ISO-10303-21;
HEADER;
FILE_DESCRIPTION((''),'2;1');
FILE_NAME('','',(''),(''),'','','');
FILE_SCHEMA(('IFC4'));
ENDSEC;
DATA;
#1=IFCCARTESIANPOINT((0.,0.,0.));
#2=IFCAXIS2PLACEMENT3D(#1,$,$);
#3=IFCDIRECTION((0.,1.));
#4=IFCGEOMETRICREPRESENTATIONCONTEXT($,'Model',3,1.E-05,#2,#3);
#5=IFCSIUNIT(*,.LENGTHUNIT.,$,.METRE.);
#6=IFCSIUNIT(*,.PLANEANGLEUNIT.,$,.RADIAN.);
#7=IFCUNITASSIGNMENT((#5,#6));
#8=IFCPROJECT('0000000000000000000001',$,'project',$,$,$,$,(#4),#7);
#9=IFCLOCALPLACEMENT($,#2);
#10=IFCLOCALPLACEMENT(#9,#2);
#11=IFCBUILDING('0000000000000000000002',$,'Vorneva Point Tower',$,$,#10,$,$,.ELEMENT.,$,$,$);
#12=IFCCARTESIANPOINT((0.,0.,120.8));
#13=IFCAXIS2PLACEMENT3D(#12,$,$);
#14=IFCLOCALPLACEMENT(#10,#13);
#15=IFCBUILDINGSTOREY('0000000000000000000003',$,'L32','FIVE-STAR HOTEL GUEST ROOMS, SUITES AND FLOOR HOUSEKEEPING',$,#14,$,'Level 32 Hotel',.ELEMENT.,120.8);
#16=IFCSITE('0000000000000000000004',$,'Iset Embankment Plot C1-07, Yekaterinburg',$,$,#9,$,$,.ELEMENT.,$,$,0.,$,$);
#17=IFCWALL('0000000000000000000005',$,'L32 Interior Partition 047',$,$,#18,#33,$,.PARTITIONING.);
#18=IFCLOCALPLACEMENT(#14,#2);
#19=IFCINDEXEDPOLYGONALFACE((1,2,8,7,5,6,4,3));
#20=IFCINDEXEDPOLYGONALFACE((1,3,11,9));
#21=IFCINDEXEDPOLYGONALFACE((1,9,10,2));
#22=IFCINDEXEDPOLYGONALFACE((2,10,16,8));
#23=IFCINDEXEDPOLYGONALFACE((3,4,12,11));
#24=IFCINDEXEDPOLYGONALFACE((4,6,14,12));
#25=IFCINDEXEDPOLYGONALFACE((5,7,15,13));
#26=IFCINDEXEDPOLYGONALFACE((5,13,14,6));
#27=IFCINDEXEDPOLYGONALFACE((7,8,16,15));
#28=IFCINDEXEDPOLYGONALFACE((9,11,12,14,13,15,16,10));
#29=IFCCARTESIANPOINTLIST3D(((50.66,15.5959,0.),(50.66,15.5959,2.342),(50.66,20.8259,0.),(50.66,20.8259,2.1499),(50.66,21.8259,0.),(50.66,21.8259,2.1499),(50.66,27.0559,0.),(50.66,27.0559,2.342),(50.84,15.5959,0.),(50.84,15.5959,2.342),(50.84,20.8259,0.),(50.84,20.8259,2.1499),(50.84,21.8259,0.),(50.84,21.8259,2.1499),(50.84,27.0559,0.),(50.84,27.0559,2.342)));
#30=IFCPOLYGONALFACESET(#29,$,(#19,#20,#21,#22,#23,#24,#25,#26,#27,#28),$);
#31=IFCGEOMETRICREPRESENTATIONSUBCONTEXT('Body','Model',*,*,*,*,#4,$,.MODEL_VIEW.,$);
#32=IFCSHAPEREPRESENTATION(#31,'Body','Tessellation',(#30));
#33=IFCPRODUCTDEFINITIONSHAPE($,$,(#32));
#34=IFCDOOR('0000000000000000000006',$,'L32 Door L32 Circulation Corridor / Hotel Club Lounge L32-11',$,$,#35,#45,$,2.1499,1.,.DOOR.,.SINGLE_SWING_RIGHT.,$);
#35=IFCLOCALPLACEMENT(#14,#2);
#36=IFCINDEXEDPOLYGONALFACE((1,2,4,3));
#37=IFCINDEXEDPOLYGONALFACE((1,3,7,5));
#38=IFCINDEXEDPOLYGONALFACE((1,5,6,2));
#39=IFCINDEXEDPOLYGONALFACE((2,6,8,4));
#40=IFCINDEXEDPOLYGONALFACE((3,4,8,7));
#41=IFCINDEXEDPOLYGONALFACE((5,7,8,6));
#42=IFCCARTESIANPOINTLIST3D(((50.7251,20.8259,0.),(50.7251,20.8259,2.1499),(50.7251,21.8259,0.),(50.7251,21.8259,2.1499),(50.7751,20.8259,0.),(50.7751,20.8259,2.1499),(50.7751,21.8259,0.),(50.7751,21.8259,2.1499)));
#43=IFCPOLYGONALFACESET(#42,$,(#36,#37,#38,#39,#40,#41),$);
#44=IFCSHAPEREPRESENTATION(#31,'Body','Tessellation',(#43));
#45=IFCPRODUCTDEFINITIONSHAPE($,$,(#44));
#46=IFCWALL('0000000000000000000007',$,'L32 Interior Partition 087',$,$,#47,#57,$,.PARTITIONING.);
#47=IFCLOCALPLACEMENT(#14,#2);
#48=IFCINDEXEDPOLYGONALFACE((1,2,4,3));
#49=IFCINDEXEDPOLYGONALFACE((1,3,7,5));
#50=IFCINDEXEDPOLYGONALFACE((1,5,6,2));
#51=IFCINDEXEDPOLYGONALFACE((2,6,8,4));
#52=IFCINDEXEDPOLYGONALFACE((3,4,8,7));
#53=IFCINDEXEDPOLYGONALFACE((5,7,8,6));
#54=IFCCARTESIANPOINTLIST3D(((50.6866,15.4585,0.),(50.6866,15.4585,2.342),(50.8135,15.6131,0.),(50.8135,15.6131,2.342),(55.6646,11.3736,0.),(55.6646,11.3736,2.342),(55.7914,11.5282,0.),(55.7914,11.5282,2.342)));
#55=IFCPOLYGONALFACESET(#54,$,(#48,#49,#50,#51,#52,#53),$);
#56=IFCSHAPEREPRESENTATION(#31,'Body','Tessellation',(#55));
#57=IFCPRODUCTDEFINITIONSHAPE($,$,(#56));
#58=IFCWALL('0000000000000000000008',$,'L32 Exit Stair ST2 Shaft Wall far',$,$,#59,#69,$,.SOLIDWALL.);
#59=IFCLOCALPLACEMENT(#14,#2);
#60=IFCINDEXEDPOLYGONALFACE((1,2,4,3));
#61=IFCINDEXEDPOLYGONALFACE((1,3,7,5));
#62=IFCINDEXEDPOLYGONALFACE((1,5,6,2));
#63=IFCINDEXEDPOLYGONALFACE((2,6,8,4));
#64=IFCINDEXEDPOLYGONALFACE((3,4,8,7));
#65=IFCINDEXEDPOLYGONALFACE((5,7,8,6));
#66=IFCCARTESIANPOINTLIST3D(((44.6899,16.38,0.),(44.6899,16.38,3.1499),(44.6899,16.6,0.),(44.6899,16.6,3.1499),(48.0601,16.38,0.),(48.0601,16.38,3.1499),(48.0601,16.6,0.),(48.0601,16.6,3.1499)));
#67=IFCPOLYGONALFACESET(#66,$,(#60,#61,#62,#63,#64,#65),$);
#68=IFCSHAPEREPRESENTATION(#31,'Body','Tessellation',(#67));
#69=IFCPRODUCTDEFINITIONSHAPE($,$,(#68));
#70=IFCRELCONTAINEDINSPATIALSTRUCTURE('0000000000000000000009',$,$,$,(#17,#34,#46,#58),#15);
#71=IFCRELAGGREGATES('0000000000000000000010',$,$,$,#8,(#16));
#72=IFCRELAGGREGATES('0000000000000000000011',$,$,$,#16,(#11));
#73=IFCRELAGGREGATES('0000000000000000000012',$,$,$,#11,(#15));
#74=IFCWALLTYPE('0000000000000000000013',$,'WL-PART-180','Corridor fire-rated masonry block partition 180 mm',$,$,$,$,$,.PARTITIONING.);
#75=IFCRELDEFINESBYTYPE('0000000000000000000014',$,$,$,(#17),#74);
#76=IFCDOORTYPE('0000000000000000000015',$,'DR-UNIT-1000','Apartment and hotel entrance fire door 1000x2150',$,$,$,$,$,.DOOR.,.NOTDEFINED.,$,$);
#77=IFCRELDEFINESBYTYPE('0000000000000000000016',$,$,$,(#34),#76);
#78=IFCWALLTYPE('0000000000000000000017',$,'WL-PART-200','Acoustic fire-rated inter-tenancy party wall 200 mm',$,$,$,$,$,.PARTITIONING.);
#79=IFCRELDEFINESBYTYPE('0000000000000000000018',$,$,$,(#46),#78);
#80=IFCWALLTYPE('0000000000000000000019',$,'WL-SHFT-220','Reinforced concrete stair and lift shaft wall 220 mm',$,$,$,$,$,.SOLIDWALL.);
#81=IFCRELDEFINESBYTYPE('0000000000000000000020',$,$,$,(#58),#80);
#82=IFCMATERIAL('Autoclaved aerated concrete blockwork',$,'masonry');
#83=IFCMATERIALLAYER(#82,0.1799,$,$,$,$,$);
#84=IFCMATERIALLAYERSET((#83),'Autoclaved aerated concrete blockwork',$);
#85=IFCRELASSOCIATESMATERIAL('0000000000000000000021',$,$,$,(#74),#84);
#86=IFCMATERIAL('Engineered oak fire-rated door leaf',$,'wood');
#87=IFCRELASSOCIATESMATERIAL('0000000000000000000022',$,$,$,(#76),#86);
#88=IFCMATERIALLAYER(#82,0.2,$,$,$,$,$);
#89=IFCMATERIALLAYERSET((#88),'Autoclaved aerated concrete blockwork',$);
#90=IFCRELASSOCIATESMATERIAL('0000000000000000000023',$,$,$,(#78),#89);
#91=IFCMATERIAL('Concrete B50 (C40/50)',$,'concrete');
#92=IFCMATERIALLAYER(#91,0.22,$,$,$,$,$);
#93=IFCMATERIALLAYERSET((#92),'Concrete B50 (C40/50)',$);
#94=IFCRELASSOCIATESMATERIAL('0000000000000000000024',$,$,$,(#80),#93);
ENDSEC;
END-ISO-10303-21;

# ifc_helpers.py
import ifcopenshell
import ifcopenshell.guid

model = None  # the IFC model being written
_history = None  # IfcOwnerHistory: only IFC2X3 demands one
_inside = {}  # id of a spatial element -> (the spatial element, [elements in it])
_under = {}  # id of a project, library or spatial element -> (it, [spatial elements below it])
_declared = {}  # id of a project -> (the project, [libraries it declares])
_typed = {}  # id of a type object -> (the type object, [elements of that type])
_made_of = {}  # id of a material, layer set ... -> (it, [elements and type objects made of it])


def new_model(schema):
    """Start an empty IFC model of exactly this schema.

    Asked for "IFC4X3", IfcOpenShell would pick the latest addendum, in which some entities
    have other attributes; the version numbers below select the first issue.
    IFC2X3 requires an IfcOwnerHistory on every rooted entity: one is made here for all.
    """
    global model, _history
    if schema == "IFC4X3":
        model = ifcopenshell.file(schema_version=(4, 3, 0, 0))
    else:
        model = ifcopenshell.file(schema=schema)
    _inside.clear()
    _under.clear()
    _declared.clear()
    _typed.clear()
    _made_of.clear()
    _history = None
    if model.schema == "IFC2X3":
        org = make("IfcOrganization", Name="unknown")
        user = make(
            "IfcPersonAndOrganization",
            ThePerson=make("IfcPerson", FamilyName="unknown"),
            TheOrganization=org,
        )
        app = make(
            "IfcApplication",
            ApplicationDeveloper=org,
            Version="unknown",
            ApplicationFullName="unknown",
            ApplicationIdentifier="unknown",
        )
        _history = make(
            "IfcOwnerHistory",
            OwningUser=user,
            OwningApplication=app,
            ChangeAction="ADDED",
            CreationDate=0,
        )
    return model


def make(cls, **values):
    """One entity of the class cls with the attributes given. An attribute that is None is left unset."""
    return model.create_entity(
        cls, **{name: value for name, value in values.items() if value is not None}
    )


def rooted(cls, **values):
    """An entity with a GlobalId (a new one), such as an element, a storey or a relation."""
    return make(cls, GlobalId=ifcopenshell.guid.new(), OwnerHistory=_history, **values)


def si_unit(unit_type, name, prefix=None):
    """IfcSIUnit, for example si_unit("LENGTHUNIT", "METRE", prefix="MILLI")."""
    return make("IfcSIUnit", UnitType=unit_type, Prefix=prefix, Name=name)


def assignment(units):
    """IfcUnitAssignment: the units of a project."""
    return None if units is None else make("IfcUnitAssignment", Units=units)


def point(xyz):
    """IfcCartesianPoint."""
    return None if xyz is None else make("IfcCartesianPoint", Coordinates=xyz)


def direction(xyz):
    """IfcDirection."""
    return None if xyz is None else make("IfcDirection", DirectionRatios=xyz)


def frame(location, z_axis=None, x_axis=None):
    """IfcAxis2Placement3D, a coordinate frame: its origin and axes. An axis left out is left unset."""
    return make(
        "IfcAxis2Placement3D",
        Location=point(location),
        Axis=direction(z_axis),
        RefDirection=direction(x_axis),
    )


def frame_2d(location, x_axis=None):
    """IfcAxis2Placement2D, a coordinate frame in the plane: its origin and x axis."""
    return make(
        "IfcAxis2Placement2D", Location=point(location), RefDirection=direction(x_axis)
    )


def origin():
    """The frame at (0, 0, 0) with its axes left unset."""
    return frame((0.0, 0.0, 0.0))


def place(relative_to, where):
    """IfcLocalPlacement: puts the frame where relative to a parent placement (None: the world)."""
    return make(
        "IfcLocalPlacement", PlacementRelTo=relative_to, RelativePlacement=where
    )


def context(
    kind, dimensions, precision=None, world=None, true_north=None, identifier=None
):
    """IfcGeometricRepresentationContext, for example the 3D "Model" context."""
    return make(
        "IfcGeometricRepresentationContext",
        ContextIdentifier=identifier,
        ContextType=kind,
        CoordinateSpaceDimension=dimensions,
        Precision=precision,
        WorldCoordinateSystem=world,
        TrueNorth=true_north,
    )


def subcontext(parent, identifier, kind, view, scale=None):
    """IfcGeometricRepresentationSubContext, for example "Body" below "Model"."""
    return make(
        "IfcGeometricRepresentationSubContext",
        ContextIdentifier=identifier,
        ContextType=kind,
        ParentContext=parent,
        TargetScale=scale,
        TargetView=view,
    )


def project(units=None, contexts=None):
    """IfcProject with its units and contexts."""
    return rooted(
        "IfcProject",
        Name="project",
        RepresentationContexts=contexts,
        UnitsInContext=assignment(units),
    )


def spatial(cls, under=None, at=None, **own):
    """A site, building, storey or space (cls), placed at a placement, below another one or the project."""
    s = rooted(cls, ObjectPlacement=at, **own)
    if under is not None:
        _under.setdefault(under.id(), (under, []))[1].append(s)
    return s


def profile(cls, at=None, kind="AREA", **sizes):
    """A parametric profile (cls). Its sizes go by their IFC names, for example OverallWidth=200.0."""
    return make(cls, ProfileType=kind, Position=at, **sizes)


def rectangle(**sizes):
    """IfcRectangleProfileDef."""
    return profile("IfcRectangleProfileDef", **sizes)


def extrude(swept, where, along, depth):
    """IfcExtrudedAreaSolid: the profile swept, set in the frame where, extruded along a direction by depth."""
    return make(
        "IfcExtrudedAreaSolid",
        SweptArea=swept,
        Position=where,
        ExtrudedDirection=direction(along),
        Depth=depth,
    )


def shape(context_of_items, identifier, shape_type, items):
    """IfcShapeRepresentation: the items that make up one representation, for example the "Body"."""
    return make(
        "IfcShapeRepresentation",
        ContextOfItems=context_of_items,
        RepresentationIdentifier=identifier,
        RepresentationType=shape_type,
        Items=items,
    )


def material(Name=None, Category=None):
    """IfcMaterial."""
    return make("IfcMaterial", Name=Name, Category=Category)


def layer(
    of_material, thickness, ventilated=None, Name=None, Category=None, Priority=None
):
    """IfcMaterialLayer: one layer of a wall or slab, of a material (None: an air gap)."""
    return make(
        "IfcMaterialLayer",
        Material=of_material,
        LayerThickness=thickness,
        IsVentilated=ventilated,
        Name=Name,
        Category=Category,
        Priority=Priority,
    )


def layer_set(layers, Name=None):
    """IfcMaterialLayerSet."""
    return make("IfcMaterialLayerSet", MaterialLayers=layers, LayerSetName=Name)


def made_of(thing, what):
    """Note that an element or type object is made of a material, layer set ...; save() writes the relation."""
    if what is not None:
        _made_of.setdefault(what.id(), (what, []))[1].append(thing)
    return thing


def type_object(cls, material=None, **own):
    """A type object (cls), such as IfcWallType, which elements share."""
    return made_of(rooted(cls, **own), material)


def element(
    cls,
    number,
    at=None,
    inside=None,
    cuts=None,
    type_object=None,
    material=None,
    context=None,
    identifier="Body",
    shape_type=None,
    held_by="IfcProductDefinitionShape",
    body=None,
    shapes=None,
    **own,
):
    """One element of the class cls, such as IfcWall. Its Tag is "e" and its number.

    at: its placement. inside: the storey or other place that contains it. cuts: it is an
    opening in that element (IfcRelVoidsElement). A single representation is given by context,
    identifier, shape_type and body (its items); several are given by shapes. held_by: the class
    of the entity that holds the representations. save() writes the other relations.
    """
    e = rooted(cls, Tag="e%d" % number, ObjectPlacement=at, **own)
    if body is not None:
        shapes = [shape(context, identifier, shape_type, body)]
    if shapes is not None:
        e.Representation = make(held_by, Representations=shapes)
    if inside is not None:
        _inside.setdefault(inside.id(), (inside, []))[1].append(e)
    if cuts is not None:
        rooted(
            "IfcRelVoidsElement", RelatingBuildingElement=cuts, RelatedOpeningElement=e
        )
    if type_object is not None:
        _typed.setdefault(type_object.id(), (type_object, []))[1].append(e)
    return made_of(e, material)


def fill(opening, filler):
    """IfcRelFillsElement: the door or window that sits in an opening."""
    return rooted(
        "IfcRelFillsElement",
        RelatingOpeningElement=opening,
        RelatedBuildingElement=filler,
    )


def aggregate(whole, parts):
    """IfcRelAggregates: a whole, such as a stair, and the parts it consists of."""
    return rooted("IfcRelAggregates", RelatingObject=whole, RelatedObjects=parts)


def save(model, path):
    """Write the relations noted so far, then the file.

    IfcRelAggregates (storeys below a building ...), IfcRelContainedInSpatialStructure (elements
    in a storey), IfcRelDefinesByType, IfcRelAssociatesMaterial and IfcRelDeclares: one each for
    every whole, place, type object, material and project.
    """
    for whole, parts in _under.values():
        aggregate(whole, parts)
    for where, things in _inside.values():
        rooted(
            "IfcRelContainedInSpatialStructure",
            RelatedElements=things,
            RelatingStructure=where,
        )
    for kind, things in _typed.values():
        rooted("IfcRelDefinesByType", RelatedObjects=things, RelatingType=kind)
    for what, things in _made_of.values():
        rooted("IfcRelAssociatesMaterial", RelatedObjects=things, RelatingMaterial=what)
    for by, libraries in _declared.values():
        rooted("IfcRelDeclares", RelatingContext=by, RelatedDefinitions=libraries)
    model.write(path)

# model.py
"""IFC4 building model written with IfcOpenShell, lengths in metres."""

from ifc_helpers import new_model, si_unit, direction, frame, frame_2d, origin, place, context, subcontext, project, spatial, rectangle, extrude, material, layer, layer_set, type_object, element, fill, save


model = new_model("IFC4")

# Units and contexts
model_context = context("Model", 3, precision=1e-05, world=origin(), true_north=direction((0.0, 1.0)))
body_context = subcontext(model_context, "Body", "Model", "MODEL_VIEW")
ifc_project = project(units=[si_unit("LENGTHUNIT", "METRE"), si_unit("PLANEANGLEUNIT", "RADIAN")], contexts=[model_context])

# Site, building, storey
site_placement = place(None, origin())
site = spatial("IfcSite", under=ifc_project, at=site_placement, Name="Iset Embankment Plot C1-07, Yekaterinburg", CompositionType="ELEMENT", RefElevation=0.0)
building_placement = place(site_placement, origin())
building = spatial("IfcBuilding", under=site, at=building_placement, Name="Vorneva Point Tower", CompositionType="ELEMENT")
storey_placement = place(building_placement, frame((0.0, 0.0, 120.8)))
storey = spatial("IfcBuildingStorey", under=building, at=storey_placement, Name="L32", Description="FIVE-STAR HOTEL GUEST ROOMS, SUITES AND FLOOR HOUSEKEEPING", LongName="Level 32 Hotel", CompositionType="ELEMENT", Elevation=120.8)

# Shared definitions
ifc_material_1 = material(Name="Autoclaved aerated concrete blockwork", Category="masonry")
ifc_layer_1 = layer(ifc_material_1, 0.1799)
ifc_layer_set_1 = layer_set([ifc_layer_1], Name="Autoclaved aerated concrete blockwork")
wall_type_1 = type_object("IfcWallType", Name="WL-PART-180", Description="Corridor fire-rated masonry block partition 180 mm", PredefinedType="PARTITIONING", material=ifc_layer_set_1)

# Wall, opening, door
wall_1_placement = place(storey_placement, frame((50.75, 15.5959, 0.0), z_axis=(0.0, 0.0, 1.0), x_axis=(0.0, 1.0, 0.0)))
wall_1 = element("IfcWall", 1, at=wall_1_placement, inside=storey, type_object=wall_type_1, Name="L32 Interior Partition 047", PredefinedType="PARTITIONING", context=body_context, shape_type="SweptSolid", body=[
    extrude(rectangle(XDim=11.46, YDim=0.1799, at=frame_2d((5.73, 0.0))), origin(), (0.0, 0.0, 1.0), 2.342),
])
opening_1_placement = place(wall_1_placement, frame((5.23, 0.0, 0.0)))
opening_1 = element("IfcOpeningElement", 2, at=opening_1_placement, cuts=wall_1, PredefinedType="OPENING", context=body_context, shape_type="SweptSolid", body=[
    extrude(rectangle(XDim=1.0, YDim=2.1499, at=frame_2d((0.5, 1.075))), frame((0.0, 0.105, 0.0), z_axis=(0.0, -1.0, 0.0), x_axis=(1.0, 0.0, 0.0)), (0.0, 0.0, 1.0), 0.2097),
])
ifc_material_2 = material(Name="Engineered oak fire-rated door leaf", Category="wood")
door_type = type_object("IfcDoorType", Name="DR-UNIT-1000", Description="Apartment and hotel entrance fire door 1000x2150", OperationType="NOTDEFINED", PredefinedType="DOOR", material=ifc_material_2)
door_placement = place(opening_1_placement, origin())
door = element("IfcDoor", 3, at=door_placement, inside=storey, type_object=door_type, Name="L32 Door L32 Circulation Corridor / Hotel Club Lounge L32-11", OperationType="SINGLE_SWING_RIGHT", OverallHeight=2.1499, OverallWidth=1.0, PredefinedType="DOOR", context=body_context, shape_type="SweptSolid", body=[
    extrude(rectangle(XDim=1.0, YDim=2.1499, at=frame_2d((0.5, 1.075))), frame((0.0, 0.0249, 0.0), z_axis=(0.0, -1.0, 0.0), x_axis=(1.0, 0.0, 0.0)), (0.0, 0.0, 1.0), 0.05),
])
fill(opening_1, door)

# Walls
ifc_layer_2 = layer(ifc_material_1, 0.2)
ifc_layer_set_2 = layer_set([ifc_layer_2], Name="Autoclaved aerated concrete blockwork")
wall_type_2 = type_object("IfcWallType", Name="WL-PART-200", Description="Acoustic fire-rated inter-tenancy party wall 200 mm", PredefinedType="PARTITIONING", material=ifc_layer_set_2)
wall_2_placement = place(storey_placement, frame((55.728, 11.4509, 0.0), z_axis=(0.0, 0.0, 1.0), x_axis=(-0.773041, 0.634356, 0.0)))
element("IfcWall", 4, at=wall_2_placement, inside=storey, type_object=wall_type_2, Name="L32 Interior Partition 087", PredefinedType="PARTITIONING", context=body_context, shape_type="SweptSolid", body=[
    extrude(rectangle(XDim=6.4395, YDim=0.2, at=frame_2d((3.2197, 0.0))), origin(), (0.0, 0.0, 1.0), 2.342),
])
ifc_material_3 = material(Name="Concrete B50 (C40/50)", Category="concrete")
ifc_layer_3 = layer(ifc_material_3, 0.22)
ifc_layer_set_3 = layer_set([ifc_layer_3], Name="Concrete B50 (C40/50)")
wall_type_3 = type_object("IfcWallType", Name="WL-SHFT-220", Description="Reinforced concrete stair and lift shaft wall 220 mm", PredefinedType="SOLIDWALL", material=ifc_layer_set_3)
wall_3_placement = place(storey_placement, frame((48.0601, 16.49, 0.0), z_axis=(0.0, 0.0, 1.0), x_axis=(-1.0, 0.0, 0.0)))
element("IfcWall", 5, at=wall_3_placement, inside=storey, type_object=wall_type_3, Name="L32 Exit Stair ST2 Shaft Wall far", PredefinedType="SOLIDWALL", context=body_context, shape_type="SweptSolid", body=[
    extrude(rectangle(XDim=3.3701, YDim=0.22, at=frame_2d((1.6851, 0.0))), origin(), (0.0, 0.0, 1.0), 3.1499),
])

save(model, "model.ifc")
